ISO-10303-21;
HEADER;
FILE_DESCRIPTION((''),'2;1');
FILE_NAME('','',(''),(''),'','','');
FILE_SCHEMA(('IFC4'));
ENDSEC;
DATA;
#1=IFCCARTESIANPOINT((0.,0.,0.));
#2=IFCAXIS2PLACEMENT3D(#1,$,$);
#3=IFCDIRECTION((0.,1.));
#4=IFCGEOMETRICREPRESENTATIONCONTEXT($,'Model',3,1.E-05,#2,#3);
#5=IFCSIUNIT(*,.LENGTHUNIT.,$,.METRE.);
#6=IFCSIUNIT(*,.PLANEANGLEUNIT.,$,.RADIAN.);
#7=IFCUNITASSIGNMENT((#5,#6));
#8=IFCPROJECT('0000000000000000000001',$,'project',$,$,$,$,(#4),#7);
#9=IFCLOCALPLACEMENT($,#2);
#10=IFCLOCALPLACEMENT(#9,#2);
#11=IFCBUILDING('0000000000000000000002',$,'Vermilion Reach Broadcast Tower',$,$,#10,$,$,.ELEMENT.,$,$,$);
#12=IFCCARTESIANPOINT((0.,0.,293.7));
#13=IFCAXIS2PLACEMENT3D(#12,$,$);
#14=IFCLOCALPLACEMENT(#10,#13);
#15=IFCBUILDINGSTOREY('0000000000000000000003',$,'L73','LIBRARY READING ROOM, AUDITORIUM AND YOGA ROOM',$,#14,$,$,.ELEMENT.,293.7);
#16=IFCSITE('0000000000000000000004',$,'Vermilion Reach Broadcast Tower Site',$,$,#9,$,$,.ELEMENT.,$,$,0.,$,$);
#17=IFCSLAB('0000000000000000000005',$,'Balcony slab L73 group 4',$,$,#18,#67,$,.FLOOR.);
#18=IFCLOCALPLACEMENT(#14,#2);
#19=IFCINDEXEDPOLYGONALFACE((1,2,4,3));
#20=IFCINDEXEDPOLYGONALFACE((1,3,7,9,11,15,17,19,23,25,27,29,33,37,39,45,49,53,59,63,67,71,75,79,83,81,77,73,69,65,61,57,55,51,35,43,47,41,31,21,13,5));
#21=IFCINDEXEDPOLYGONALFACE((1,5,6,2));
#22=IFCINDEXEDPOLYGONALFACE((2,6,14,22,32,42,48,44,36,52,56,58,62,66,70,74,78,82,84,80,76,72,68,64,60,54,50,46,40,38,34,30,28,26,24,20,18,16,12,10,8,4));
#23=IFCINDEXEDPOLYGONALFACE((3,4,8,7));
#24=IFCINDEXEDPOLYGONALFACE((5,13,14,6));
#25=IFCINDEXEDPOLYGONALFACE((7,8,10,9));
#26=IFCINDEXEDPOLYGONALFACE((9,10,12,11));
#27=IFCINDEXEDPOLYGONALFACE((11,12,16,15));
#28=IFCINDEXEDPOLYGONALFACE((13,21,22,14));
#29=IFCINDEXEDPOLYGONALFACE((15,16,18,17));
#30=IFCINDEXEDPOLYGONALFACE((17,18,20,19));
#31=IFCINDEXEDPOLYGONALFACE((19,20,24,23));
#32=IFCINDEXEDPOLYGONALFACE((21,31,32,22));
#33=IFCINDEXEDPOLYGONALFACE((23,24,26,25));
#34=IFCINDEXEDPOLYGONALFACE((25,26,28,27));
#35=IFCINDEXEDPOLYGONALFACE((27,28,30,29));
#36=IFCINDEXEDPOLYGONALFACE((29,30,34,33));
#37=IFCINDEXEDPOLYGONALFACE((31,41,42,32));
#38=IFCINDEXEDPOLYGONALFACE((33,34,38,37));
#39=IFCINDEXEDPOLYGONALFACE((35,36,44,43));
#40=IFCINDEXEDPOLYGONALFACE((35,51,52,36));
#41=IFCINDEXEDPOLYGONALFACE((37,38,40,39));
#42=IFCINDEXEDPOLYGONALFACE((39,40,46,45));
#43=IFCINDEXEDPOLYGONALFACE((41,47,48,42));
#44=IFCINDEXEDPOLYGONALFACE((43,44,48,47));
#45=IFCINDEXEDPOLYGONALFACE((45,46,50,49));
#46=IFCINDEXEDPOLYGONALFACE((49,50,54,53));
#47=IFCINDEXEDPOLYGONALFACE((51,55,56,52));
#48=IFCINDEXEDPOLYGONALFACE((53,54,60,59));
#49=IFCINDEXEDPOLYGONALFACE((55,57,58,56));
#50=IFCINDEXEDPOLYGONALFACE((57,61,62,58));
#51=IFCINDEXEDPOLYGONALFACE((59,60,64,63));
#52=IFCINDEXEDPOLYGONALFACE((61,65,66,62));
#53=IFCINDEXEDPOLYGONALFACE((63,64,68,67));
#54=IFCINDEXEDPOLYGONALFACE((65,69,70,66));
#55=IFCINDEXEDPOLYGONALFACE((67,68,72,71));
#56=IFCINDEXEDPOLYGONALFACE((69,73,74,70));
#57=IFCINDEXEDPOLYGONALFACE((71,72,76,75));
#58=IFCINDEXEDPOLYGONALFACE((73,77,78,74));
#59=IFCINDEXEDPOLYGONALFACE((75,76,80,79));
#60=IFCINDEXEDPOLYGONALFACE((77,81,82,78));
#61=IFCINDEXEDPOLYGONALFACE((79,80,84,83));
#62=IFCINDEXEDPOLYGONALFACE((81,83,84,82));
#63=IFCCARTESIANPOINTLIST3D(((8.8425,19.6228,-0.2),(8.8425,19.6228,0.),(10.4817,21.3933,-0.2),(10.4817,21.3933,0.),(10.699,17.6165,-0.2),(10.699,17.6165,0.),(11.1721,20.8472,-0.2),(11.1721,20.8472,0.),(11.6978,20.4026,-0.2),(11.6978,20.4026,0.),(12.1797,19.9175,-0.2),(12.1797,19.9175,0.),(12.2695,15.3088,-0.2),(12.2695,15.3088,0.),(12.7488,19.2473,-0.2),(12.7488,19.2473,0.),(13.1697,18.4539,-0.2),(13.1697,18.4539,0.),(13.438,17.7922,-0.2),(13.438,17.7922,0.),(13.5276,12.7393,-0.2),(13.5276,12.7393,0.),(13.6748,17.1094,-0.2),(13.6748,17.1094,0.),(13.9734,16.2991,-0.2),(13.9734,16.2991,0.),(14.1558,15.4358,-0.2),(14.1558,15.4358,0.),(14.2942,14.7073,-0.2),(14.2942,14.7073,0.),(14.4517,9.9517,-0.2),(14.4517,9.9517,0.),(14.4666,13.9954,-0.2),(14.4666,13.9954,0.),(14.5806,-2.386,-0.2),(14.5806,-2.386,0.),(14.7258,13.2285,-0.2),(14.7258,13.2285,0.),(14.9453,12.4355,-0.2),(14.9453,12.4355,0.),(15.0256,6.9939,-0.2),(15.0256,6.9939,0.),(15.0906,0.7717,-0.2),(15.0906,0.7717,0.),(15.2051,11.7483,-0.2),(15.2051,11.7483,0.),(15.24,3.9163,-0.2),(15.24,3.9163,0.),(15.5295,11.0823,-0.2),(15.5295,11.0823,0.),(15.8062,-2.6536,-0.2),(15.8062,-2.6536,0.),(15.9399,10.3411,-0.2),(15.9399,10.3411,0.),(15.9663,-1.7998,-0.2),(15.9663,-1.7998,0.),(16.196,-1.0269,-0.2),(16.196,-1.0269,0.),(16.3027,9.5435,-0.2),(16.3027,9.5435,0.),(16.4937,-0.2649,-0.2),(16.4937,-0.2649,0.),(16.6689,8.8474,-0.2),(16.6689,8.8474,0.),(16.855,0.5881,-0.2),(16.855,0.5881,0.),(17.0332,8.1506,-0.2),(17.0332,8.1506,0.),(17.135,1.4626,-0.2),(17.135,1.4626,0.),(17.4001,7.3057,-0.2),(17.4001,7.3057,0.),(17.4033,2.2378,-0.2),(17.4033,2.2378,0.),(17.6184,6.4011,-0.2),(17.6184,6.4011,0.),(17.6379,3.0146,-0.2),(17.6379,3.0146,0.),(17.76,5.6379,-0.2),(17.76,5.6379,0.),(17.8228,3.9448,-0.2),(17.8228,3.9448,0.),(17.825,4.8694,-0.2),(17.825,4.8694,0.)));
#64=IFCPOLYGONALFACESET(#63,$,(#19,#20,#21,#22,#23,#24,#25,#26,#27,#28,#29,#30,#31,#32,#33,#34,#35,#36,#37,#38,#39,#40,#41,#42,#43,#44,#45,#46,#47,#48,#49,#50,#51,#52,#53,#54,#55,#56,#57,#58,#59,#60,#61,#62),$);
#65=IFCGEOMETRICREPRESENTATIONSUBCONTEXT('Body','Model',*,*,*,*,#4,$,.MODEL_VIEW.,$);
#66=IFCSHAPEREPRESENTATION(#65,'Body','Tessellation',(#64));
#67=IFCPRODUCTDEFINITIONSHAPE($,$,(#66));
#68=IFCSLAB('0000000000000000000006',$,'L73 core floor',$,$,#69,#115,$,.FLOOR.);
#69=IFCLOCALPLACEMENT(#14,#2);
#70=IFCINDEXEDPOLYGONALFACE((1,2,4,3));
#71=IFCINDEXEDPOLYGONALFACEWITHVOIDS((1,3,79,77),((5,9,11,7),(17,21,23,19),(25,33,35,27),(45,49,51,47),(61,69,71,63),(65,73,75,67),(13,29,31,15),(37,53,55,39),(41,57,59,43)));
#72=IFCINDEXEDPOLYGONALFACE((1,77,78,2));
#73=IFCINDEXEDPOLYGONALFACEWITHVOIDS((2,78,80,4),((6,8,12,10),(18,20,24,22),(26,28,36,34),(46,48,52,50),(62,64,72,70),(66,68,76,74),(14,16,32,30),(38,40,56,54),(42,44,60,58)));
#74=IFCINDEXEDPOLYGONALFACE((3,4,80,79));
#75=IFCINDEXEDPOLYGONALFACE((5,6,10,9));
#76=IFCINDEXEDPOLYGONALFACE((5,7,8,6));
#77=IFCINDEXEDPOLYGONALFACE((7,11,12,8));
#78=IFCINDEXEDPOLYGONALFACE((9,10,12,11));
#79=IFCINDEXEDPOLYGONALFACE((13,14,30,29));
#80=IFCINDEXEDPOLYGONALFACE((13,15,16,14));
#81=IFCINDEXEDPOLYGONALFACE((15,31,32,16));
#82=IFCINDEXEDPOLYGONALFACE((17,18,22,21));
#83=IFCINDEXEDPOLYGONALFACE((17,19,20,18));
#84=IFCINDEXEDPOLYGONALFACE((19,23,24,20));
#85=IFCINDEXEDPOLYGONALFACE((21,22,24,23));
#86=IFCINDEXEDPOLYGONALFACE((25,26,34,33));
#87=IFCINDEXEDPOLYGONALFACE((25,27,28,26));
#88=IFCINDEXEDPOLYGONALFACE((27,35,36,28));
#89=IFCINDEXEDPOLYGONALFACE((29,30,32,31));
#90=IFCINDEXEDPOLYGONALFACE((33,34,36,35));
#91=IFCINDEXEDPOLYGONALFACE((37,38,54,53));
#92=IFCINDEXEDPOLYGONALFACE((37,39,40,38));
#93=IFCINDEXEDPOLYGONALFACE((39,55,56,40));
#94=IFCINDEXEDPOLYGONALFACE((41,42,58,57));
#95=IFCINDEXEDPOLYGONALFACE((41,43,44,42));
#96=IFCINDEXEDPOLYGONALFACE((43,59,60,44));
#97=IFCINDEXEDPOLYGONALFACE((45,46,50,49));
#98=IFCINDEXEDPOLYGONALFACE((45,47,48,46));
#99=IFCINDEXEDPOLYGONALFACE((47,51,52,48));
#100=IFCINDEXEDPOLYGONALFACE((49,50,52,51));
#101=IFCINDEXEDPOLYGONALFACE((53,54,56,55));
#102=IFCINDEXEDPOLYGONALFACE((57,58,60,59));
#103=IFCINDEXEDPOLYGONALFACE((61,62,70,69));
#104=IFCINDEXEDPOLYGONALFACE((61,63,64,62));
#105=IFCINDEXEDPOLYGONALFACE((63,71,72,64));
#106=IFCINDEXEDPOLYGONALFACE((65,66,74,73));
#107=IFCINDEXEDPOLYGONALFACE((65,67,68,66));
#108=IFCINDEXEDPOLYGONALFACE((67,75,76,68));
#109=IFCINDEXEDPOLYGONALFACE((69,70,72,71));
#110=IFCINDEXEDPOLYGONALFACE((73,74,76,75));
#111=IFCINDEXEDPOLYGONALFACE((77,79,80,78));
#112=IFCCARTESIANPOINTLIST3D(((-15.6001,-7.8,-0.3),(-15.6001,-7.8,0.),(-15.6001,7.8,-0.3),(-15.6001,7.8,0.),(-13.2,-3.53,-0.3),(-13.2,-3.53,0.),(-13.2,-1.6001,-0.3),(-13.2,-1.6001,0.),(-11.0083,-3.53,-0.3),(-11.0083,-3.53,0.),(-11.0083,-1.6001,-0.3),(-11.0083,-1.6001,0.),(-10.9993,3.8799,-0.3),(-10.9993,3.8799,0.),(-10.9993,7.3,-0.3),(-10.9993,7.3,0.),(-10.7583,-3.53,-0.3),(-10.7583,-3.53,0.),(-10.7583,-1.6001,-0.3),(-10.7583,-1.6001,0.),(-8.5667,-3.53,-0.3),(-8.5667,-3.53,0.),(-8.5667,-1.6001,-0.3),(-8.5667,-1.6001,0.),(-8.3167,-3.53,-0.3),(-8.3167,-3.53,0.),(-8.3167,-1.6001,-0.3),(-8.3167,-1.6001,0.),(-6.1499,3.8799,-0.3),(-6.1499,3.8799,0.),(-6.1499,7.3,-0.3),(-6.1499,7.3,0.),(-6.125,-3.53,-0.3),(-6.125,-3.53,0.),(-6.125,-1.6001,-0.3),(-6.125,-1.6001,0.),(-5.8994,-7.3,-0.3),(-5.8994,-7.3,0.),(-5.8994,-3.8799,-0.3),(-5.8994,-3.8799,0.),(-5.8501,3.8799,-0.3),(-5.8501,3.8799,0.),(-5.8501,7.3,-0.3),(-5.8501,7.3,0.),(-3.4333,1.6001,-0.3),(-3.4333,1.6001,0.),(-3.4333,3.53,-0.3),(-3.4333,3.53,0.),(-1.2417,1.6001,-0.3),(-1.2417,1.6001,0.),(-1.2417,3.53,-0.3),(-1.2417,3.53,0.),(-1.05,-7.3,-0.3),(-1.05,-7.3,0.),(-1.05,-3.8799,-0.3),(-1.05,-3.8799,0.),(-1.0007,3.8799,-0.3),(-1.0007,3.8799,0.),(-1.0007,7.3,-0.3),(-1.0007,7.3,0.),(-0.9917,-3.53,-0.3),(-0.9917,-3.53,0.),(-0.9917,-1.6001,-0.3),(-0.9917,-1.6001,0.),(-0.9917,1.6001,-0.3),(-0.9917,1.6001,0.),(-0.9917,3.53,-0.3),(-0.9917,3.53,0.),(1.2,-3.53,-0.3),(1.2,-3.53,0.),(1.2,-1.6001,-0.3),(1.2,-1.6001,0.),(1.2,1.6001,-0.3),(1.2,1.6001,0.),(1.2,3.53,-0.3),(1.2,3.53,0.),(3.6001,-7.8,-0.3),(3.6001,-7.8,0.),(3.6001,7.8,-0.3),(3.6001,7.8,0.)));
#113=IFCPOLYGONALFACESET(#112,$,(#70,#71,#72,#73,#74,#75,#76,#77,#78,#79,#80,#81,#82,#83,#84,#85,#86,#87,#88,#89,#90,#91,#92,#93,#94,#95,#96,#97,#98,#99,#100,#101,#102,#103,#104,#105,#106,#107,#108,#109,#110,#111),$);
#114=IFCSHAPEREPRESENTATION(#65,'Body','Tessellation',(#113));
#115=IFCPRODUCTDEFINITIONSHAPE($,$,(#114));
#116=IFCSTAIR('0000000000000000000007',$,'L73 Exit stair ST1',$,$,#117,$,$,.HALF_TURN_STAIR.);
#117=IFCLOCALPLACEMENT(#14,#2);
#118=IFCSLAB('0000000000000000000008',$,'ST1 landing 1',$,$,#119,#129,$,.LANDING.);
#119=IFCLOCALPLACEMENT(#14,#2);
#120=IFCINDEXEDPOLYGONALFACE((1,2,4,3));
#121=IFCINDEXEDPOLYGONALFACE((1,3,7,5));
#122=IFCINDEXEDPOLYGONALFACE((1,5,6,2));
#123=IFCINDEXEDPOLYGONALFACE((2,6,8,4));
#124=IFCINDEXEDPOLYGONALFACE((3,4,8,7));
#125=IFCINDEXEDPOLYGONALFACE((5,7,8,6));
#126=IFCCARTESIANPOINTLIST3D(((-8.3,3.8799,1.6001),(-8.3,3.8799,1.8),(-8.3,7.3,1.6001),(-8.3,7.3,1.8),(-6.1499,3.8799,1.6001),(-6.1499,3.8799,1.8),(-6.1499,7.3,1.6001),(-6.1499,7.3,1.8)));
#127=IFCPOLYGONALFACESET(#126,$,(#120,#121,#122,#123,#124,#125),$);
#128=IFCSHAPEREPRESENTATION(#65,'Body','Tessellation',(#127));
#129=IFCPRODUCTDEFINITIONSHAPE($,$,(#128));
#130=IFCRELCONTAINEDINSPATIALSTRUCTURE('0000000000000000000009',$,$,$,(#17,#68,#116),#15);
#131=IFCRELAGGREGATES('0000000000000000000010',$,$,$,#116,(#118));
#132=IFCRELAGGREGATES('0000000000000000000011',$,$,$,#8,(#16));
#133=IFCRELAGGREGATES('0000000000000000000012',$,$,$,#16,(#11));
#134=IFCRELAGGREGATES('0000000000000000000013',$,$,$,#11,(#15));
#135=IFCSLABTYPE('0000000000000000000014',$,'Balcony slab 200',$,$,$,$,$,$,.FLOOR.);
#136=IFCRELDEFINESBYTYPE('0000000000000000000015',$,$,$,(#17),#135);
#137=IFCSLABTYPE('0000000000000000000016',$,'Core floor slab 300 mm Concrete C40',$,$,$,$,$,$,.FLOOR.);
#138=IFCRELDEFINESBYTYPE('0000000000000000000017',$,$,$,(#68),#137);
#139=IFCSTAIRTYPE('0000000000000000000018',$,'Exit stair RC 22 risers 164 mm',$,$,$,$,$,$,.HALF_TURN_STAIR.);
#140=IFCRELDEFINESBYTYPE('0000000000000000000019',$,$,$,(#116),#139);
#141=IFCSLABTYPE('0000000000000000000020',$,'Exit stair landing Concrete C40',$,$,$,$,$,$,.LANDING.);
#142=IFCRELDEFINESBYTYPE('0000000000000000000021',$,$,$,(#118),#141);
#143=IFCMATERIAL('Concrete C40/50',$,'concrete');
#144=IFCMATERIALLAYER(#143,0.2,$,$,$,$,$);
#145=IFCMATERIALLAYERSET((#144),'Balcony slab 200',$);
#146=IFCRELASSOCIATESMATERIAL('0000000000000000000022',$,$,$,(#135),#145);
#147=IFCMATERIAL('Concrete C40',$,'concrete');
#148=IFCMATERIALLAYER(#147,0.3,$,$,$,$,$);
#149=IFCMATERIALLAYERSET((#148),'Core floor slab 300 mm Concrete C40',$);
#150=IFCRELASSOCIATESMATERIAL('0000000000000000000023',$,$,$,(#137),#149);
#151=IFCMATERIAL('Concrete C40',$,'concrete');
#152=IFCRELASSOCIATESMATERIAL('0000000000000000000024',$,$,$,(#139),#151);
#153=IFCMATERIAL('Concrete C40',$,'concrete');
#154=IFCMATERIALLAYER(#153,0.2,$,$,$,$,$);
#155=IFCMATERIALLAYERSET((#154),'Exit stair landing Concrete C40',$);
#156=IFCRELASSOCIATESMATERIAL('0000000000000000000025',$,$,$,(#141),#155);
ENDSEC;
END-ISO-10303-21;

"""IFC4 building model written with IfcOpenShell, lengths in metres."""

from ifc_helpers import new_model, si_unit, direction, frame, origin, place, context, subcontext, project, spatial, polyline, outline, extrude, material, layer, layer_set, type_object, element, aggregate, save


model = new_model("IFC4")

# Units and contexts
model_context = context("Model", 3, precision=1e-05, world=origin(), true_north=direction((0.0, 1.0)))
body_context = subcontext(model_context, "Body", "Model", "MODEL_VIEW")
ifc_project = project(units=[si_unit("LENGTHUNIT", "METRE"), si_unit("PLANEANGLEUNIT", "RADIAN")], contexts=[model_context])

# Site, building, storey
site_placement = place(None, origin())
site = spatial("IfcSite", under=ifc_project, at=site_placement, Name="Vermilion Reach Broadcast Tower Site", CompositionType="ELEMENT", RefElevation=0.0)
building_placement = place(site_placement, origin())
building = spatial("IfcBuilding", under=site, at=building_placement, Name="Vermilion Reach Broadcast Tower", CompositionType="ELEMENT")
storey_placement = place(building_placement, frame((0.0, 0.0, 293.7)))
storey = spatial("IfcBuildingStorey", under=building, at=storey_placement, Name="L73", Description="LIBRARY READING ROOM, AUDITORIUM AND YOGA ROOM", CompositionType="ELEMENT", Elevation=293.7)

# Slabs
ifc_material_1 = material(Name="Concrete C40/50", Category="concrete")
ifc_layer_1 = layer(ifc_material_1, 0.2)
ifc_layer_set_1 = layer_set([ifc_layer_1], Name="Balcony slab 200")
slab_type_1 = type_object("IfcSlabType", Name="Balcony slab 200", PredefinedType="FLOOR", material=ifc_layer_set_1)
placement_1 = place(storey_placement, frame((0.0, 0.0, -0.2)))
element("IfcSlab", 1, at=placement_1, inside=storey, type_object=slab_type_1, Name="Balcony slab L73 group 4", PredefinedType="FLOOR", context=body_context, shape_type="SweptSolid", body=[
    extrude(outline(polyline([(14.5806, -2.386), (15.0906, 0.7717), (15.24, 3.9163), (15.0256, 6.9939), (14.4517, 9.9517), (13.5276, 12.7393), (12.2695, 15.3088), (10.699, 17.6165), (8.8425, 19.6228), (10.4817, 21.3933), (11.1721, 20.8472), (11.6978, 20.4026), (12.1797, 19.9175), (12.7488, 19.2473), (13.1697, 18.4539), (13.438, 17.7922), (13.6748, 17.1094), (13.9734, 16.2991), (14.1558, 15.4358), (14.2942, 14.7073), (14.4666, 13.9954), (14.7258, 13.2285), (14.9453, 12.4355), (15.2051, 11.7483), (15.5295, 11.0823), (15.9399, 10.3411), (16.3027, 9.5435), (16.6689, 8.8474), (17.0332, 8.1506), (17.4001, 7.3057), (17.6184, 6.4011), (17.76, 5.6379), (17.825, 4.8694), (17.8228, 3.9448), (17.6379, 3.0146), (17.4033, 2.2378), (17.135, 1.4626), (16.855, 0.5881), (16.4937, -0.2649), (16.196, -1.0269), (15.9663, -1.7998), (15.8062, -2.6536), (14.5806, -2.386)])), origin(), (0.0, 0.0, 1.0), 0.2),
])
ifc_material_2 = material(Name="Concrete C40", Category="concrete")
ifc_layer_2 = layer(ifc_material_2, 0.3)
ifc_layer_set_2 = layer_set([ifc_layer_2], Name="Core floor slab 300 mm Concrete C40")
slab_type_2 = type_object("IfcSlabType", Name="Core floor slab 300 mm Concrete C40", PredefinedType="FLOOR", material=ifc_layer_set_2)
slab_1_placement = place(storey_placement, frame((0.0, 0.0, -0.3)))
element("IfcSlab", 2, at=slab_1_placement, inside=storey, type_object=slab_type_2, Name="L73 core floor", PredefinedType="FLOOR", context=body_context, shape_type="SweptSolid", body=[
    extrude(outline(polyline([(-15.6001, -7.8), (3.6001, -7.8), (3.6001, 7.8), (-15.6001, 7.8), (-15.6001, -7.8)]), holes=[polyline([(-3.4333, 1.6001), (-1.2417, 1.6001), (-1.2417, 3.53), (-3.4333, 3.53), (-3.4333, 1.6001)]), polyline([(-0.9917, 1.6001), (1.2, 1.6001), (1.2, 3.53), (-0.9917, 3.53), (-0.9917, 1.6001)]), polyline([(-13.2, -3.53), (-11.0083, -3.53), (-11.0083, -1.6001), (-13.2, -1.6001), (-13.2, -3.53)]), polyline([(-10.7583, -3.53), (-8.5667, -3.53), (-8.5667, -1.6001), (-10.7583, -1.6001), (-10.7583, -3.53)]), polyline([(-8.3167, -3.53), (-6.125, -3.53), (-6.125, -1.6001), (-8.3167, -1.6001), (-8.3167, -3.53)]), polyline([(-0.9917, -3.53), (1.2, -3.53), (1.2, -1.6001), (-0.9917, -1.6001), (-0.9917, -3.53)]), polyline([(-10.9993, 3.8799), (-6.1499, 3.8799), (-6.1499, 7.3), (-10.9993, 7.3), (-10.9993, 3.8799)]), polyline([(-1.0007, 7.3), (-5.8501, 7.3), (-5.8501, 3.8799), (-1.0007, 3.8799), (-1.0007, 7.3)]), polyline([(-5.8994, -7.3), (-1.05, -7.3), (-1.05, -3.8799), (-5.8994, -3.8799), (-5.8994, -7.3)])]), origin(), (0.0, 0.0, 1.0), 0.3),
])

# Stair, slab
ifc_material_3 = material(Name="Concrete C40", Category="concrete")
stair_type = type_object("IfcStairType", Name="Exit stair RC 22 risers 164 mm", PredefinedType="HALF_TURN_STAIR", material=ifc_material_3)
placement_2 = place(storey_placement, origin())
stair_1 = element("IfcStair", 3, at=placement_2, inside=storey, type_object=stair_type, Name="L73 Exit stair ST1", PredefinedType="HALF_TURN_STAIR")
ifc_material_4 = material(Name="Concrete C40", Category="concrete")
ifc_layer_3 = layer(ifc_material_4, 0.2)
ifc_layer_set_3 = layer_set([ifc_layer_3], Name="Exit stair landing Concrete C40")
slab_type_3 = type_object("IfcSlabType", Name="Exit stair landing Concrete C40", PredefinedType="LANDING", material=ifc_layer_set_3)
slab_2_placement = place(storey_placement, frame((0.0, 0.0, 1.6001)))
slab_2 = element("IfcSlab", 4, at=slab_2_placement, type_object=slab_type_3, Name="ST1 landing 1", PredefinedType="LANDING", context=body_context, shape_type="SweptSolid", body=[
    extrude(outline(polyline([(-8.3, 3.8799), (-6.1499, 3.8799), (-6.1499, 7.3), (-8.3, 7.3), (-8.3, 3.8799)])), origin(), (0.0, 0.0, 1.0), 0.2),
])
aggregate(stair_1, [slab_2])

save(model, "model.ifc")
